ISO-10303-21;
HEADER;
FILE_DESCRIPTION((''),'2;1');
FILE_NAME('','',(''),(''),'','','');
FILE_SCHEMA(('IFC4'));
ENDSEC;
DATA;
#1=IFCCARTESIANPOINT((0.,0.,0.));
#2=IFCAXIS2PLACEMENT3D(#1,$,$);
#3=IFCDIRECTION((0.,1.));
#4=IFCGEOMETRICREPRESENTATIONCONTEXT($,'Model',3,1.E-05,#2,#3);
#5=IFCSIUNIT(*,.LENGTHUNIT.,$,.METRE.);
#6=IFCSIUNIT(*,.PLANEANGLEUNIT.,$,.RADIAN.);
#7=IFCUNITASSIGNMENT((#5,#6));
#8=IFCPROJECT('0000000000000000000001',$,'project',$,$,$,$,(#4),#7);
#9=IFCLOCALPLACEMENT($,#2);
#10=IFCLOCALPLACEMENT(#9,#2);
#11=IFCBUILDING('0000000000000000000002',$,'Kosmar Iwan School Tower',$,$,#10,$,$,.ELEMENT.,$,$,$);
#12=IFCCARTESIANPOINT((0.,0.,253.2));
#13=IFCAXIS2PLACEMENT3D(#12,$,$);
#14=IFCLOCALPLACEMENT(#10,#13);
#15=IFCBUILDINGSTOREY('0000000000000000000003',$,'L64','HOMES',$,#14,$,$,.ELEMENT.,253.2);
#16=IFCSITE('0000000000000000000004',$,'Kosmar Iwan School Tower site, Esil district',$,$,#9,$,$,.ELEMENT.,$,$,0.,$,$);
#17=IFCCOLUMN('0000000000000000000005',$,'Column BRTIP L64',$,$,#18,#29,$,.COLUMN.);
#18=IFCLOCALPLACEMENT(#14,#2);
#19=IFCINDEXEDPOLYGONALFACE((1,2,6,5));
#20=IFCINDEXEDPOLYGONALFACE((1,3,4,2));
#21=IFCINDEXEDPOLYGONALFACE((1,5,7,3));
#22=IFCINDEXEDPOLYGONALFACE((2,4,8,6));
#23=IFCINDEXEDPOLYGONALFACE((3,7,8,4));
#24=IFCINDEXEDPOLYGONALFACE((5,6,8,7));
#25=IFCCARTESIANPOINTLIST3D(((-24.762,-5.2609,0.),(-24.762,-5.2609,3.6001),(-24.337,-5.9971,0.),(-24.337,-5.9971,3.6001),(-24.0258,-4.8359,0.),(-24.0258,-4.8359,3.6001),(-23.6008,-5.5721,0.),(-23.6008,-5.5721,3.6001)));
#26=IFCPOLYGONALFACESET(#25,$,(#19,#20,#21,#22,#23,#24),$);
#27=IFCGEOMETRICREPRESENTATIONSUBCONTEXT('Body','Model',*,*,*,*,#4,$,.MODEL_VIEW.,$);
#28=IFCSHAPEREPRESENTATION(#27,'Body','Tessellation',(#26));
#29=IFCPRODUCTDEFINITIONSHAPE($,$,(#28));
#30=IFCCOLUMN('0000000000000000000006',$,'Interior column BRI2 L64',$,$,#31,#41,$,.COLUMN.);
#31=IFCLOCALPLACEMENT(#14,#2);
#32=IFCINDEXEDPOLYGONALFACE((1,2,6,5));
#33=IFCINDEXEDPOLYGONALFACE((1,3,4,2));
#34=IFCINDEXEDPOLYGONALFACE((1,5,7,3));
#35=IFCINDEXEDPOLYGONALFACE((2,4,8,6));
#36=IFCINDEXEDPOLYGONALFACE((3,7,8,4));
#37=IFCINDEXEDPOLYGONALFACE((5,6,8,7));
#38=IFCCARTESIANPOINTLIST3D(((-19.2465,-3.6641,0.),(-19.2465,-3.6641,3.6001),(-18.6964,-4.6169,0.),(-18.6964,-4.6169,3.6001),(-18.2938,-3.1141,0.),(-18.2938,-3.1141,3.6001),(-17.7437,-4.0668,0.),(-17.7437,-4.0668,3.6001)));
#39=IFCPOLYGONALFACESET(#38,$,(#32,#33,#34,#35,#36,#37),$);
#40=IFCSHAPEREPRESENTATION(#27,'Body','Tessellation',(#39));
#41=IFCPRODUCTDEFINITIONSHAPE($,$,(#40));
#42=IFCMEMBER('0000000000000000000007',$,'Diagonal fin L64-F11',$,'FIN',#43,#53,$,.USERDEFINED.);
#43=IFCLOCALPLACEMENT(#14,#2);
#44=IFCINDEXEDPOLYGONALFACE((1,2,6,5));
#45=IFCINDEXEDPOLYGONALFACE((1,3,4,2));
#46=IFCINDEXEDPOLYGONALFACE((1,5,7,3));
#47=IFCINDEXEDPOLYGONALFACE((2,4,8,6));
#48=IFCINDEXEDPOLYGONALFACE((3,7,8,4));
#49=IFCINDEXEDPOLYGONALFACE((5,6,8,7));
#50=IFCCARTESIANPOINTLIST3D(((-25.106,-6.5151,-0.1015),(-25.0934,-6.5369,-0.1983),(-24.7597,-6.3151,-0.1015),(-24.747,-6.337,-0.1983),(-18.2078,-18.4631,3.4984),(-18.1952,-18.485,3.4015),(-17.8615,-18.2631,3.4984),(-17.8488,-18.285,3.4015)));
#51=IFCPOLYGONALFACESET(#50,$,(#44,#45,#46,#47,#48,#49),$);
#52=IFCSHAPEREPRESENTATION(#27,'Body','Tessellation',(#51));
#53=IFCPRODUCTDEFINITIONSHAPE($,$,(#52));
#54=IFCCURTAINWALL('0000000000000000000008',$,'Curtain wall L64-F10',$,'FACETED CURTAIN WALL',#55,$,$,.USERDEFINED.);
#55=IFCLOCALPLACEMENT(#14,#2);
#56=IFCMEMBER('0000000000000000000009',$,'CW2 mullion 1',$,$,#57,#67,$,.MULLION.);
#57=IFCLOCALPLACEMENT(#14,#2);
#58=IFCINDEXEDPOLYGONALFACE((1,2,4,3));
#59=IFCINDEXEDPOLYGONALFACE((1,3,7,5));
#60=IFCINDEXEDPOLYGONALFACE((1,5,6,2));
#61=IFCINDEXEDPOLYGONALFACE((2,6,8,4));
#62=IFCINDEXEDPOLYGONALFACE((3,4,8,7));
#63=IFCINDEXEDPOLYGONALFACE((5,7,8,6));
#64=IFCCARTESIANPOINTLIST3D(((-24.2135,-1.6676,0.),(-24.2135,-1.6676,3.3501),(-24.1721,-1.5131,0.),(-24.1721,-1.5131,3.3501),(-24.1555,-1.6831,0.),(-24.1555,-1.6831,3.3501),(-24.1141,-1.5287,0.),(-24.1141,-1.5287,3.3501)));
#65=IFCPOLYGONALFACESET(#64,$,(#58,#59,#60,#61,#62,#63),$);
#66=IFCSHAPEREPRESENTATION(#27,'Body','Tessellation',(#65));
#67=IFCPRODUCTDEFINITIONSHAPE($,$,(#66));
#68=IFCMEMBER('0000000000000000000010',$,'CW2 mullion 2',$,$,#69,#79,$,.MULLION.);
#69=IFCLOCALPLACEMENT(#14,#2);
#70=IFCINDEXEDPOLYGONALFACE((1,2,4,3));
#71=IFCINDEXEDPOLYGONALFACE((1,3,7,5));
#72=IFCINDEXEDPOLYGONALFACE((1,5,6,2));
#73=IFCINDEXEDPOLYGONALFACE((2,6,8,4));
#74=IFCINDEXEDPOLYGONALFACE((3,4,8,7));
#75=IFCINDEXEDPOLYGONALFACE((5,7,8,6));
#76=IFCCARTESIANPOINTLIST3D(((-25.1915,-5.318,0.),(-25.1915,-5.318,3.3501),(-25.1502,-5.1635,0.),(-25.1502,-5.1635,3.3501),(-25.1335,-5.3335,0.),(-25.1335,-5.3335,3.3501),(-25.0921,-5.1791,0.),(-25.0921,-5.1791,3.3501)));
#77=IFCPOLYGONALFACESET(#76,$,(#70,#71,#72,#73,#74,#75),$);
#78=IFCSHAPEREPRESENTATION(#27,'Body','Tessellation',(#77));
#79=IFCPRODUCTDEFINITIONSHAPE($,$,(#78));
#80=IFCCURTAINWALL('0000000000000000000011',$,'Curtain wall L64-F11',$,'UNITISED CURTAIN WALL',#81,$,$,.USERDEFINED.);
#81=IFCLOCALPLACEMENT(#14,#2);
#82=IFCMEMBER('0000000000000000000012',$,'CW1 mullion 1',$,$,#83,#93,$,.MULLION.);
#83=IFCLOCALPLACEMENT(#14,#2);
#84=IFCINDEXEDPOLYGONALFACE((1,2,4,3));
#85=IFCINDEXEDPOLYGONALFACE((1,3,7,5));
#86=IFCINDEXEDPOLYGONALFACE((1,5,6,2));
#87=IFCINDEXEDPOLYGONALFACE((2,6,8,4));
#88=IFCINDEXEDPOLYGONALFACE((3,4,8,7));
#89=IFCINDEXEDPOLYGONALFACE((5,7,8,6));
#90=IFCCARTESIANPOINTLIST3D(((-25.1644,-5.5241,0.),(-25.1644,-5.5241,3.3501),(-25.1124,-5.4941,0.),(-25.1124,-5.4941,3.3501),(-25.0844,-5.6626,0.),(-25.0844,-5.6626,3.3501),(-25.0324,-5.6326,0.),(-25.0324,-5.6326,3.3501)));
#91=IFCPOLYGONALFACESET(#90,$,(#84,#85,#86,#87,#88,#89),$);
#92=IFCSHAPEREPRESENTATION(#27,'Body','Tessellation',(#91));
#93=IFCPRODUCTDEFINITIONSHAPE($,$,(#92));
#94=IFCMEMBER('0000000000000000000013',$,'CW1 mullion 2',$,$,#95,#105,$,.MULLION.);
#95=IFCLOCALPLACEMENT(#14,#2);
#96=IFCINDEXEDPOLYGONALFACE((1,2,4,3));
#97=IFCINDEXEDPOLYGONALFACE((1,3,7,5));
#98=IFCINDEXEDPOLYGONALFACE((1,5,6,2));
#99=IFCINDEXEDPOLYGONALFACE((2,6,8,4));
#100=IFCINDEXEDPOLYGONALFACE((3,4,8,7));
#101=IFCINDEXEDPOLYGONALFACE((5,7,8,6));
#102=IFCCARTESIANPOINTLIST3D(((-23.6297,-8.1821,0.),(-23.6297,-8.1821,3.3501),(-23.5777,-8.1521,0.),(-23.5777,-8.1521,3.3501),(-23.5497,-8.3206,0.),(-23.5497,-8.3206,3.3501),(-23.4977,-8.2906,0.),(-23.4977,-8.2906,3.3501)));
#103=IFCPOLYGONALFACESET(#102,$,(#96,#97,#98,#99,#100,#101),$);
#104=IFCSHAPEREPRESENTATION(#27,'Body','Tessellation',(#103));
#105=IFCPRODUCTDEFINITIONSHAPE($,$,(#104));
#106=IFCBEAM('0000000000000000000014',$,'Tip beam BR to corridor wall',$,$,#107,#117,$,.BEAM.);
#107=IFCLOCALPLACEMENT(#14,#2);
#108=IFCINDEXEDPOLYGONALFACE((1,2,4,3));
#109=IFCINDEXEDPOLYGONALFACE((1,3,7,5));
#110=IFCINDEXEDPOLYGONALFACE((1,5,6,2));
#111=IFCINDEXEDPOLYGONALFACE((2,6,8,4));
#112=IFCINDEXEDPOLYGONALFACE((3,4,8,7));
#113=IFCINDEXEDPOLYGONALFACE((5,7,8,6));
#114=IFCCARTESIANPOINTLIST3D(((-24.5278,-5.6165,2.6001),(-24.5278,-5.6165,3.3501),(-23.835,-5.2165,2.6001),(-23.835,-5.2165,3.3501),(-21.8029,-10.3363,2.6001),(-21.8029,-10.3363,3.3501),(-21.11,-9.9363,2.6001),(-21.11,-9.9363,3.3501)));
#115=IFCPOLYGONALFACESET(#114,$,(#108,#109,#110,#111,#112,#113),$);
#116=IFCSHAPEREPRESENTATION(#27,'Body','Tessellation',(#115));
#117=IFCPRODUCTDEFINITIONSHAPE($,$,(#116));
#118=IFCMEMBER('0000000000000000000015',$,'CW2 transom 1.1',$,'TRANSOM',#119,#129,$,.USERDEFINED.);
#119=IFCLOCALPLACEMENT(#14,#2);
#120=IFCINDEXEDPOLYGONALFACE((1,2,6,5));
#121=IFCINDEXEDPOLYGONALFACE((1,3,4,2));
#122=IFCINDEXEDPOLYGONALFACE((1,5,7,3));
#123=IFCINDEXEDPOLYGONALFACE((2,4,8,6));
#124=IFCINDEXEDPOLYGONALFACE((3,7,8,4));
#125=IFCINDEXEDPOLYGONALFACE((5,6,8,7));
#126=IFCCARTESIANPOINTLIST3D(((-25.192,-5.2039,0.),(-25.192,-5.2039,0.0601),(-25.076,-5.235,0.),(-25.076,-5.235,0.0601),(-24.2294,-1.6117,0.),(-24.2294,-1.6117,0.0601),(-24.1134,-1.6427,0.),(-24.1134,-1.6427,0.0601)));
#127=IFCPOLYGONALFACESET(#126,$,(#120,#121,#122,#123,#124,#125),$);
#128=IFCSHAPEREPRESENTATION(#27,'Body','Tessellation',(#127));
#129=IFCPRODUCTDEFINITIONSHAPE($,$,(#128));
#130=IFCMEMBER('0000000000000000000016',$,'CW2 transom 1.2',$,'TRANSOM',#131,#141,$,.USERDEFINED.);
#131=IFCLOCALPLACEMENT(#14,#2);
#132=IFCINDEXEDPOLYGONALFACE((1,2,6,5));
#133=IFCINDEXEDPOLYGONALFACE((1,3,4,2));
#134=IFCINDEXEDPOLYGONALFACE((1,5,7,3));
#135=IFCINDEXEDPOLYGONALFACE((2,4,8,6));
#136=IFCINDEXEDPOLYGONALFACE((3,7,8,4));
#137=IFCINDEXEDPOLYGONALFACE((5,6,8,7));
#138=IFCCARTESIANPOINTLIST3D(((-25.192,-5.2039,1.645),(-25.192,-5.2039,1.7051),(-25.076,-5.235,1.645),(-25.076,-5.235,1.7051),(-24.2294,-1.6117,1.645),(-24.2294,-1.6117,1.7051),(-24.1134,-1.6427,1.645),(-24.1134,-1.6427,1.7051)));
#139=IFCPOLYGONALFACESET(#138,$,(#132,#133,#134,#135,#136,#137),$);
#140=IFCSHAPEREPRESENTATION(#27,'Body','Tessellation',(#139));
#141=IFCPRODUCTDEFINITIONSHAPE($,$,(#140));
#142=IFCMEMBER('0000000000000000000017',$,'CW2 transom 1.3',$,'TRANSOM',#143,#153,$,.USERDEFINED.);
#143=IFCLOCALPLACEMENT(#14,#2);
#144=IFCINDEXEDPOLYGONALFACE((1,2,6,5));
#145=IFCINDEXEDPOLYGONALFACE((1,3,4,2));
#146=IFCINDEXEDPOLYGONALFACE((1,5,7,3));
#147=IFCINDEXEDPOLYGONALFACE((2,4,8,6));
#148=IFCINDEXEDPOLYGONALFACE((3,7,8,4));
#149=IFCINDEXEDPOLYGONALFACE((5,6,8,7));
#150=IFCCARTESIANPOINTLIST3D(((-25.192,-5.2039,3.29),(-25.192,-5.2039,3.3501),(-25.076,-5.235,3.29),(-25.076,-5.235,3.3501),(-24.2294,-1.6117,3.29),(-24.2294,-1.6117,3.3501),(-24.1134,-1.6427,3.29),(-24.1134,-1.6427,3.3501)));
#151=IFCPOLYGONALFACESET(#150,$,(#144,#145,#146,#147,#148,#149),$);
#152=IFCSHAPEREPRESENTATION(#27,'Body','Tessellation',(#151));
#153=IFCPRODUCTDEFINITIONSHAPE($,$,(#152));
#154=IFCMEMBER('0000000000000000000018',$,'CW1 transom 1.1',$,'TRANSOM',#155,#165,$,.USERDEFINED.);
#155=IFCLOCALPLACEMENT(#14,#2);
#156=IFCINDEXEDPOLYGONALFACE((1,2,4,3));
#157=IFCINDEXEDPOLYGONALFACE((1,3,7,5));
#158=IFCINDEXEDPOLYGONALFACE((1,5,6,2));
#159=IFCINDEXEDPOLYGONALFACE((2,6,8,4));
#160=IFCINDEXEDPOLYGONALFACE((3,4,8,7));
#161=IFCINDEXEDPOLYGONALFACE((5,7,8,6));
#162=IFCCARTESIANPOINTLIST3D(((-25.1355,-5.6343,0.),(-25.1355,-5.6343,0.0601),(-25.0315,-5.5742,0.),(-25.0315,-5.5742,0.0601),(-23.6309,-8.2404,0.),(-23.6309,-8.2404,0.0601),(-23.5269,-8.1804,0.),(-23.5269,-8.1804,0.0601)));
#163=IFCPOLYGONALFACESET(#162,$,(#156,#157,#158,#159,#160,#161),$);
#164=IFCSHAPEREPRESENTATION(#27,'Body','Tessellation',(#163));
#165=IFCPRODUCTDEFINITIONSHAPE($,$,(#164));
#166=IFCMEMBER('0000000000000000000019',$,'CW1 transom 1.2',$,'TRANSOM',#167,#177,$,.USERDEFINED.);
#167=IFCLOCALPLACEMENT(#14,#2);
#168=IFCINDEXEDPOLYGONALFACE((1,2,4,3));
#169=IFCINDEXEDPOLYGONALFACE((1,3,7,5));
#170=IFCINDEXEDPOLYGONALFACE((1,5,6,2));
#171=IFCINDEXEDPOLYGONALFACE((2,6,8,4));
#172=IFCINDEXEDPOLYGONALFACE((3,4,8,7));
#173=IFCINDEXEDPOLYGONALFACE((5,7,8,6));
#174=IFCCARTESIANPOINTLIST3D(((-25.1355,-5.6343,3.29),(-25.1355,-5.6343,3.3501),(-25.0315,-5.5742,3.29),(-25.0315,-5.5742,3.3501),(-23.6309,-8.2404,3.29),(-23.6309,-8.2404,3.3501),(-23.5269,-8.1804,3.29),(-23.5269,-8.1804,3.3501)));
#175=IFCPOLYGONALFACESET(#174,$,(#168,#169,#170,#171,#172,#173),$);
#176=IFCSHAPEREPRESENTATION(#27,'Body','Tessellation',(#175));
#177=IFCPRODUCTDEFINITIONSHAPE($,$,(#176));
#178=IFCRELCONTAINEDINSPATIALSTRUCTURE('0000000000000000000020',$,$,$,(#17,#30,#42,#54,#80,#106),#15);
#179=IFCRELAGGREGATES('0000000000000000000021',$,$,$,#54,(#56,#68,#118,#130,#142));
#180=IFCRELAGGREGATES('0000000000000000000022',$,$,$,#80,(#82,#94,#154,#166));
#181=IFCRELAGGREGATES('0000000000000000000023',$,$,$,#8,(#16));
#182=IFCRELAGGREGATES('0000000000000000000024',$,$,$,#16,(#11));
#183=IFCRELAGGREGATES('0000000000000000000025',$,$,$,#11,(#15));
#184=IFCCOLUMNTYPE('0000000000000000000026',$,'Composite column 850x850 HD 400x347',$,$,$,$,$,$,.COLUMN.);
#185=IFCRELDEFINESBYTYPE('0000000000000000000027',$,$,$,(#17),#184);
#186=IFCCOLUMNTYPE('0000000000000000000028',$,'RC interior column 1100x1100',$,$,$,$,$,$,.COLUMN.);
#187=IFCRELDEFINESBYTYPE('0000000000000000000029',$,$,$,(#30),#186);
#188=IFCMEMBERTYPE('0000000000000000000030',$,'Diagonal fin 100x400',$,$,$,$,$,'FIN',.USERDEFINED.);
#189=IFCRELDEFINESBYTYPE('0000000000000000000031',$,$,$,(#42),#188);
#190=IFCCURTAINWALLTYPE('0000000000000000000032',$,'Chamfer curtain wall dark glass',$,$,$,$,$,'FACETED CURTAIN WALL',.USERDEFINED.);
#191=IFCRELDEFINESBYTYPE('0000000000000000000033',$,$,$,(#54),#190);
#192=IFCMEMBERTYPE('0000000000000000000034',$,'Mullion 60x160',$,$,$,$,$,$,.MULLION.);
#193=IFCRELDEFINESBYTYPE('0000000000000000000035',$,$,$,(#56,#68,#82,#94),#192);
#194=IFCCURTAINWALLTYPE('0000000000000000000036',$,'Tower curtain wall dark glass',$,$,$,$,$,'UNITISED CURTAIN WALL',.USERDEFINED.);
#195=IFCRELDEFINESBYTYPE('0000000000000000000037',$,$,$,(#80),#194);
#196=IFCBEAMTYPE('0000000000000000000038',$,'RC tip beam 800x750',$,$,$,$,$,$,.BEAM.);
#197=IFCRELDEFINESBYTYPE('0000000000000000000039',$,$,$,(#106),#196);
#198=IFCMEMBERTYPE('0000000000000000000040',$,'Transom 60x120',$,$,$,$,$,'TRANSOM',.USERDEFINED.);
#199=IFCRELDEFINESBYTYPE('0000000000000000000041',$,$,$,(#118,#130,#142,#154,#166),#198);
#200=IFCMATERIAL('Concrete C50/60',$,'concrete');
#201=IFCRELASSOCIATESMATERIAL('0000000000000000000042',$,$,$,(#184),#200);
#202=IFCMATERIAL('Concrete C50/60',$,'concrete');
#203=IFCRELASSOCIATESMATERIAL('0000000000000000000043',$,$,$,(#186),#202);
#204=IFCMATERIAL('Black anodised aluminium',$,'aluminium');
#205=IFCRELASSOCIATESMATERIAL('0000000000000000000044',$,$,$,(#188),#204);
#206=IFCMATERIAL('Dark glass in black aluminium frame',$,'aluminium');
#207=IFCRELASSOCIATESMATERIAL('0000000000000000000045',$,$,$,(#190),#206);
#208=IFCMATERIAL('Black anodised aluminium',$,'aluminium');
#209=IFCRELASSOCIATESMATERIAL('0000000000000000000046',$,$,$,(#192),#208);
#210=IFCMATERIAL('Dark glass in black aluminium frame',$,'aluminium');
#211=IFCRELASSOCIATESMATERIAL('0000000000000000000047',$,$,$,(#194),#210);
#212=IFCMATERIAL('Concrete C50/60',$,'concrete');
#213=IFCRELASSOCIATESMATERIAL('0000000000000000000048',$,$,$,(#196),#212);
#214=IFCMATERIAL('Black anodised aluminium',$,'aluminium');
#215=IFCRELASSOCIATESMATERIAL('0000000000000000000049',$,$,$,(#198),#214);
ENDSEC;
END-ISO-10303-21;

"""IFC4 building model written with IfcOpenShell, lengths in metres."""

from ifc_helpers import new_model, si_unit, direction, frame, origin, origin_2d, place, context, subcontext, project, spatial, rectangle, extrude, material, material_profile, profile_set, type_object, element, aggregate, save


model = new_model("IFC4")

# Units and contexts
model_context = context("Model", 3, precision=1e-05, world=origin(), true_north=direction((0.0, 1.0)))
body_context = subcontext(model_context, "Body", "Model", "MODEL_VIEW")
ifc_project = project(units=[si_unit("LENGTHUNIT", "METRE"), si_unit("PLANEANGLEUNIT", "RADIAN")], contexts=[model_context])

# Site, building, storey
site_placement = place(None, origin())
site = spatial("IfcSite", under=ifc_project, at=site_placement, Name="Kosmar Iwan School Tower site, Esil district", CompositionType="ELEMENT", RefElevation=0.0)
building_placement = place(site_placement, origin())
building = spatial("IfcBuilding", under=site, at=building_placement, Name="Kosmar Iwan School Tower", CompositionType="ELEMENT")
storey_placement = place(building_placement, frame((0.0, 0.0, 253.2)))
storey = spatial("IfcBuildingStorey", under=building, at=storey_placement, Name="L64", Description="HOMES", CompositionType="ELEMENT", Elevation=253.2)

# Columns
ifc_material_1 = material(Name="Concrete C50/60", Category="concrete")
ifc_material_profile_1 = material_profile(ifc_material_1, rectangle(XDim=0.8501, YDim=0.8501, at=origin_2d()), Name="RC 850x850 + HD 400x347")
ifc_profile_set_1 = profile_set([ifc_material_profile_1], Name="Concrete C50/60")
column_type_1 = type_object("IfcColumnType", Name="Composite column 850x850 HD 400x347", PredefinedType="COLUMN", material=ifc_profile_set_1)
column_1_placement = place(storey_placement, frame((-24.1814, -5.4165, 0.0), z_axis=(0.0, 0.0, 1.0), x_axis=(-0.866025, -0.5, 0.0)))
element("IfcColumn", 1, at=column_1_placement, inside=storey, type_object=column_type_1, Name="Column BRTIP L64", PredefinedType="COLUMN", context=body_context, shape_type="SweptSolid", body=[
    extrude(rectangle(XDim=0.8501, YDim=0.8501, at=origin_2d()), origin(), (0.0, 0.0, 1.0), 3.6001),
])
ifc_material_2 = material(Name="Concrete C50/60", Category="concrete")
ifc_material_profile_2 = material_profile(ifc_material_2, rectangle(XDim=1.1001, YDim=1.1001, at=origin_2d()), Name="RC 1100x1100")
ifc_profile_set_2 = profile_set([ifc_material_profile_2], Name="Concrete C50/60")
column_type_2 = type_object("IfcColumnType", Name="RC interior column 1100x1100", PredefinedType="COLUMN", material=ifc_profile_set_2)
column_2_placement = place(storey_placement, frame((-18.4951, -3.8655, 0.0), z_axis=(0.0, 0.0, 1.0), x_axis=(-0.866025, -0.5, 0.0)))
element("IfcColumn", 2, at=column_2_placement, inside=storey, type_object=column_type_2, Name="Interior column BRI2 L64", PredefinedType="COLUMN", context=body_context, shape_type="SweptSolid", body=[
    extrude(rectangle(XDim=1.1001, YDim=1.1001, at=origin_2d()), origin(), (0.0, 0.0, 1.0), 3.6001),
])

# Member
ifc_material_3 = material(Name="Black anodised aluminium", Category="aluminium")
ifc_material_profile_3 = material_profile(ifc_material_3, rectangle(XDim=0.1001, YDim=0.3999, at=origin_2d()), Name="FIN 100x400")
ifc_profile_set_3 = profile_set([ifc_material_profile_3], Name="Black anodised aluminium")
member_type_1 = type_object("IfcMemberType", Name="Diagonal fin 100x400", ElementType="FIN", PredefinedType="USERDEFINED", material=ifc_profile_set_3)
member_1_placement = place(storey_placement, frame((-24.9265, -6.426, -0.1499), z_axis=(0.483802, -0.837969, 0.252475), x_axis=(-0.126237, 0.218649, 0.967604)))
element("IfcMember", 3, at=member_1_placement, inside=storey, type_object=member_type_1, Name="Diagonal fin L64-F11", ObjectType="FIN", PredefinedType="USERDEFINED", context=body_context, shape_type="SweptSolid", body=[
    extrude(rectangle(XDim=0.1001, YDim=0.3999, at=origin_2d()), origin(), (0.0, 0.0, 1.0), 14.2583),
])

# Curtain walls, members
ifc_material_4 = material(Name="Dark glass in black aluminium frame", Category="aluminium")
curtain_wall_type_1 = type_object("IfcCurtainWallType", Name="Chamfer curtain wall dark glass", ElementType="FACETED CURTAIN WALL", PredefinedType="USERDEFINED", material=ifc_material_4)
curtain_wall_1_placement = place(storey_placement, origin())
curtain_wall_1 = element("IfcCurtainWall", 4, at=curtain_wall_1_placement, inside=storey, type_object=curtain_wall_type_1, Name="Curtain wall L64-F10", ObjectType="FACETED CURTAIN WALL", PredefinedType="USERDEFINED")
ifc_material_5 = material(Name="Black anodised aluminium", Category="aluminium")
ifc_material_profile_4 = material_profile(ifc_material_5, rectangle(XDim=0.0601, YDim=0.1599, at=origin_2d()), Name="MULLION 60x160")
ifc_profile_set_4 = profile_set([ifc_material_profile_4], Name="Black anodised aluminium")
member_type_2 = type_object("IfcMemberType", Name="Mullion 60x160", PredefinedType="MULLION", material=ifc_profile_set_4)
member_2_placement = place(storey_placement, frame((-24.1638, -1.5981, 0.0), z_axis=(0.0, 0.0, 1.0), x_axis=(0.965926, -0.258819, 0.0)))
member_2 = element("IfcMember", 5, at=member_2_placement, type_object=member_type_2, Name="CW2 mullion 1", PredefinedType="MULLION", context=body_context, shape_type="SweptSolid", body=[
    extrude(rectangle(XDim=0.0601, YDim=0.1599, at=origin_2d()), origin(), (0.0, 0.0, 1.0), 3.3501),
])
member_3_placement = place(storey_placement, frame((-25.1418, -5.2485, 0.0), z_axis=(0.0, 0.0, 1.0), x_axis=(0.965926, -0.258819, 0.0)))
member_3 = element("IfcMember", 6, at=member_3_placement, type_object=member_type_2, Name="CW2 mullion 2", PredefinedType="MULLION", context=body_context, shape_type="SweptSolid", body=[
    extrude(rectangle(XDim=0.0601, YDim=0.1599, at=origin_2d()), origin(), (0.0, 0.0, 1.0), 3.3501),
])
ifc_material_6 = material(Name="Dark glass in black aluminium frame", Category="aluminium")
curtain_wall_type_2 = type_object("IfcCurtainWallType", Name="Tower curtain wall dark glass", ElementType="UNITISED CURTAIN WALL", PredefinedType="USERDEFINED", material=ifc_material_6)
curtain_wall_2_placement = place(storey_placement, origin())
curtain_wall_2 = element("IfcCurtainWall", 7, at=curtain_wall_2_placement, inside=storey, type_object=curtain_wall_type_2, Name="Curtain wall L64-F11", ObjectType="UNITISED CURTAIN WALL", PredefinedType="USERDEFINED")
member_4_placement = place(storey_placement, frame((-25.0984, -5.5784, 0.0), z_axis=(0.0, 0.0, 1.0), x_axis=(0.866025, 0.5, 0.0)))
member_4 = element("IfcMember", 8, at=member_4_placement, type_object=member_type_2, Name="CW1 mullion 1", PredefinedType="MULLION", context=body_context, shape_type="SweptSolid", body=[
    extrude(rectangle(XDim=0.0601, YDim=0.1599, at=origin_2d()), origin(), (0.0, 0.0, 1.0), 3.3501),
])
member_5_placement = place(storey_placement, frame((-23.5637, -8.2363, 0.0), z_axis=(0.0, 0.0, 1.0), x_axis=(0.866025, 0.5, 0.0)))
member_5 = element("IfcMember", 9, at=member_5_placement, type_object=member_type_2, Name="CW1 mullion 2", PredefinedType="MULLION", context=body_context, shape_type="SweptSolid", body=[
    extrude(rectangle(XDim=0.0601, YDim=0.1599, at=origin_2d()), origin(), (0.0, 0.0, 1.0), 3.3501),
])

# Beam
ifc_material_7 = material(Name="Concrete C50/60", Category="concrete")
ifc_material_profile_5 = material_profile(ifc_material_7, rectangle(XDim=0.8, YDim=0.75, at=origin_2d()), Name="RC 800x750")
ifc_profile_set_5 = profile_set([ifc_material_profile_5], Name="Concrete C50/60")
beam_type = type_object("IfcBeamType", Name="RC tip beam 800x750", PredefinedType="BEAM", material=ifc_profile_set_5)
beam_placement = place(storey_placement, frame((-24.1814, -5.4165, 2.9751), z_axis=(0.499989, -0.866032, 0.0), x_axis=(0.866032, 0.499989, 0.0)))
element("IfcBeam", 10, at=beam_placement, inside=storey, type_object=beam_type, Name="Tip beam BR to corridor wall", PredefinedType="BEAM", context=body_context, shape_type="SweptSolid", body=[
    extrude(rectangle(XDim=0.8, YDim=0.75, at=origin_2d()), origin(), (0.0, 0.0, 1.0), 5.45),
])

# Members
ifc_material_8 = material(Name="Black anodised aluminium", Category="aluminium")
ifc_material_profile_6 = material_profile(ifc_material_8, rectangle(XDim=0.1201, YDim=0.0601, at=origin_2d()), Name="TRANSOM 60x120")
ifc_profile_set_6 = profile_set([ifc_material_profile_6], Name="Black anodised aluminium")
member_type_3 = type_object("IfcMemberType", Name="Transom 60x120", ElementType="TRANSOM", PredefinedType="USERDEFINED", material=ifc_profile_set_6)
member_6_placement = place(storey_placement, frame((-24.1714, -1.6272, 0.03), z_axis=(-0.258843, -0.965919, 0.0), x_axis=(0.965919, -0.258843, 0.0)))
member_6 = element("IfcMember", 11, at=member_6_placement, type_object=member_type_3, Name="CW2 transom 1.1", ObjectType="TRANSOM", PredefinedType="USERDEFINED", context=body_context, shape_type="SweptSolid", body=[
    extrude(rectangle(XDim=0.1201, YDim=0.0601, at=origin_2d()), origin(), (0.0, 0.0, 1.0), 3.719),
])
member_7_placement = place(storey_placement, frame((-24.1714, -1.6272, 1.675), z_axis=(-0.258843, -0.965919, 0.0), x_axis=(0.965919, -0.258843, 0.0)))
member_7 = element("IfcMember", 12, at=member_7_placement, type_object=member_type_3, Name="CW2 transom 1.2", ObjectType="TRANSOM", PredefinedType="USERDEFINED", context=body_context, shape_type="SweptSolid", body=[
    extrude(rectangle(XDim=0.1201, YDim=0.0601, at=origin_2d()), origin(), (0.0, 0.0, 1.0), 3.719),
])
member_8_placement = place(storey_placement, frame((-24.1714, -1.6272, 3.3201), z_axis=(-0.258843, -0.965919, 0.0), x_axis=(0.965919, -0.258843, 0.0)))
member_8 = element("IfcMember", 13, at=member_8_placement, type_object=member_type_3, Name="CW2 transom 1.3", ObjectType="TRANSOM", PredefinedType="USERDEFINED", context=body_context, shape_type="SweptSolid", body=[
    extrude(rectangle(XDim=0.1201, YDim=0.0601, at=origin_2d()), origin(), (0.0, 0.0, 1.0), 3.719),
])
member_9_placement = place(storey_placement, frame((-25.0835, -5.6042, 0.03), z_axis=(0.499987, -0.866033, 0.0), x_axis=(0.866033, 0.499987, 0.0)))
member_9 = element("IfcMember", 14, at=member_9_placement, type_object=member_type_3, Name="CW1 transom 1.1", ObjectType="TRANSOM", PredefinedType="USERDEFINED", context=body_context, shape_type="SweptSolid", body=[
    extrude(rectangle(XDim=0.1201, YDim=0.0601, at=origin_2d()), origin(), (0.0, 0.0, 1.0), 3.0093),
])
member_10_placement = place(storey_placement, frame((-25.0835, -5.6042, 3.3201), z_axis=(0.499987, -0.866033, 0.0), x_axis=(0.866033, 0.499987, 0.0)))
member_10 = element("IfcMember", 15, at=member_10_placement, type_object=member_type_3, Name="CW1 transom 1.2", ObjectType="TRANSOM", PredefinedType="USERDEFINED", context=body_context, shape_type="SweptSolid", body=[
    extrude(rectangle(XDim=0.1201, YDim=0.0601, at=origin_2d()), origin(), (0.0, 0.0, 1.0), 3.0093),
])

aggregate(curtain_wall_1, [member_2, member_3, member_6, member_7, member_8])
aggregate(curtain_wall_2, [member_4, member_5, member_9, member_10])

save(model, "model.ifc")
